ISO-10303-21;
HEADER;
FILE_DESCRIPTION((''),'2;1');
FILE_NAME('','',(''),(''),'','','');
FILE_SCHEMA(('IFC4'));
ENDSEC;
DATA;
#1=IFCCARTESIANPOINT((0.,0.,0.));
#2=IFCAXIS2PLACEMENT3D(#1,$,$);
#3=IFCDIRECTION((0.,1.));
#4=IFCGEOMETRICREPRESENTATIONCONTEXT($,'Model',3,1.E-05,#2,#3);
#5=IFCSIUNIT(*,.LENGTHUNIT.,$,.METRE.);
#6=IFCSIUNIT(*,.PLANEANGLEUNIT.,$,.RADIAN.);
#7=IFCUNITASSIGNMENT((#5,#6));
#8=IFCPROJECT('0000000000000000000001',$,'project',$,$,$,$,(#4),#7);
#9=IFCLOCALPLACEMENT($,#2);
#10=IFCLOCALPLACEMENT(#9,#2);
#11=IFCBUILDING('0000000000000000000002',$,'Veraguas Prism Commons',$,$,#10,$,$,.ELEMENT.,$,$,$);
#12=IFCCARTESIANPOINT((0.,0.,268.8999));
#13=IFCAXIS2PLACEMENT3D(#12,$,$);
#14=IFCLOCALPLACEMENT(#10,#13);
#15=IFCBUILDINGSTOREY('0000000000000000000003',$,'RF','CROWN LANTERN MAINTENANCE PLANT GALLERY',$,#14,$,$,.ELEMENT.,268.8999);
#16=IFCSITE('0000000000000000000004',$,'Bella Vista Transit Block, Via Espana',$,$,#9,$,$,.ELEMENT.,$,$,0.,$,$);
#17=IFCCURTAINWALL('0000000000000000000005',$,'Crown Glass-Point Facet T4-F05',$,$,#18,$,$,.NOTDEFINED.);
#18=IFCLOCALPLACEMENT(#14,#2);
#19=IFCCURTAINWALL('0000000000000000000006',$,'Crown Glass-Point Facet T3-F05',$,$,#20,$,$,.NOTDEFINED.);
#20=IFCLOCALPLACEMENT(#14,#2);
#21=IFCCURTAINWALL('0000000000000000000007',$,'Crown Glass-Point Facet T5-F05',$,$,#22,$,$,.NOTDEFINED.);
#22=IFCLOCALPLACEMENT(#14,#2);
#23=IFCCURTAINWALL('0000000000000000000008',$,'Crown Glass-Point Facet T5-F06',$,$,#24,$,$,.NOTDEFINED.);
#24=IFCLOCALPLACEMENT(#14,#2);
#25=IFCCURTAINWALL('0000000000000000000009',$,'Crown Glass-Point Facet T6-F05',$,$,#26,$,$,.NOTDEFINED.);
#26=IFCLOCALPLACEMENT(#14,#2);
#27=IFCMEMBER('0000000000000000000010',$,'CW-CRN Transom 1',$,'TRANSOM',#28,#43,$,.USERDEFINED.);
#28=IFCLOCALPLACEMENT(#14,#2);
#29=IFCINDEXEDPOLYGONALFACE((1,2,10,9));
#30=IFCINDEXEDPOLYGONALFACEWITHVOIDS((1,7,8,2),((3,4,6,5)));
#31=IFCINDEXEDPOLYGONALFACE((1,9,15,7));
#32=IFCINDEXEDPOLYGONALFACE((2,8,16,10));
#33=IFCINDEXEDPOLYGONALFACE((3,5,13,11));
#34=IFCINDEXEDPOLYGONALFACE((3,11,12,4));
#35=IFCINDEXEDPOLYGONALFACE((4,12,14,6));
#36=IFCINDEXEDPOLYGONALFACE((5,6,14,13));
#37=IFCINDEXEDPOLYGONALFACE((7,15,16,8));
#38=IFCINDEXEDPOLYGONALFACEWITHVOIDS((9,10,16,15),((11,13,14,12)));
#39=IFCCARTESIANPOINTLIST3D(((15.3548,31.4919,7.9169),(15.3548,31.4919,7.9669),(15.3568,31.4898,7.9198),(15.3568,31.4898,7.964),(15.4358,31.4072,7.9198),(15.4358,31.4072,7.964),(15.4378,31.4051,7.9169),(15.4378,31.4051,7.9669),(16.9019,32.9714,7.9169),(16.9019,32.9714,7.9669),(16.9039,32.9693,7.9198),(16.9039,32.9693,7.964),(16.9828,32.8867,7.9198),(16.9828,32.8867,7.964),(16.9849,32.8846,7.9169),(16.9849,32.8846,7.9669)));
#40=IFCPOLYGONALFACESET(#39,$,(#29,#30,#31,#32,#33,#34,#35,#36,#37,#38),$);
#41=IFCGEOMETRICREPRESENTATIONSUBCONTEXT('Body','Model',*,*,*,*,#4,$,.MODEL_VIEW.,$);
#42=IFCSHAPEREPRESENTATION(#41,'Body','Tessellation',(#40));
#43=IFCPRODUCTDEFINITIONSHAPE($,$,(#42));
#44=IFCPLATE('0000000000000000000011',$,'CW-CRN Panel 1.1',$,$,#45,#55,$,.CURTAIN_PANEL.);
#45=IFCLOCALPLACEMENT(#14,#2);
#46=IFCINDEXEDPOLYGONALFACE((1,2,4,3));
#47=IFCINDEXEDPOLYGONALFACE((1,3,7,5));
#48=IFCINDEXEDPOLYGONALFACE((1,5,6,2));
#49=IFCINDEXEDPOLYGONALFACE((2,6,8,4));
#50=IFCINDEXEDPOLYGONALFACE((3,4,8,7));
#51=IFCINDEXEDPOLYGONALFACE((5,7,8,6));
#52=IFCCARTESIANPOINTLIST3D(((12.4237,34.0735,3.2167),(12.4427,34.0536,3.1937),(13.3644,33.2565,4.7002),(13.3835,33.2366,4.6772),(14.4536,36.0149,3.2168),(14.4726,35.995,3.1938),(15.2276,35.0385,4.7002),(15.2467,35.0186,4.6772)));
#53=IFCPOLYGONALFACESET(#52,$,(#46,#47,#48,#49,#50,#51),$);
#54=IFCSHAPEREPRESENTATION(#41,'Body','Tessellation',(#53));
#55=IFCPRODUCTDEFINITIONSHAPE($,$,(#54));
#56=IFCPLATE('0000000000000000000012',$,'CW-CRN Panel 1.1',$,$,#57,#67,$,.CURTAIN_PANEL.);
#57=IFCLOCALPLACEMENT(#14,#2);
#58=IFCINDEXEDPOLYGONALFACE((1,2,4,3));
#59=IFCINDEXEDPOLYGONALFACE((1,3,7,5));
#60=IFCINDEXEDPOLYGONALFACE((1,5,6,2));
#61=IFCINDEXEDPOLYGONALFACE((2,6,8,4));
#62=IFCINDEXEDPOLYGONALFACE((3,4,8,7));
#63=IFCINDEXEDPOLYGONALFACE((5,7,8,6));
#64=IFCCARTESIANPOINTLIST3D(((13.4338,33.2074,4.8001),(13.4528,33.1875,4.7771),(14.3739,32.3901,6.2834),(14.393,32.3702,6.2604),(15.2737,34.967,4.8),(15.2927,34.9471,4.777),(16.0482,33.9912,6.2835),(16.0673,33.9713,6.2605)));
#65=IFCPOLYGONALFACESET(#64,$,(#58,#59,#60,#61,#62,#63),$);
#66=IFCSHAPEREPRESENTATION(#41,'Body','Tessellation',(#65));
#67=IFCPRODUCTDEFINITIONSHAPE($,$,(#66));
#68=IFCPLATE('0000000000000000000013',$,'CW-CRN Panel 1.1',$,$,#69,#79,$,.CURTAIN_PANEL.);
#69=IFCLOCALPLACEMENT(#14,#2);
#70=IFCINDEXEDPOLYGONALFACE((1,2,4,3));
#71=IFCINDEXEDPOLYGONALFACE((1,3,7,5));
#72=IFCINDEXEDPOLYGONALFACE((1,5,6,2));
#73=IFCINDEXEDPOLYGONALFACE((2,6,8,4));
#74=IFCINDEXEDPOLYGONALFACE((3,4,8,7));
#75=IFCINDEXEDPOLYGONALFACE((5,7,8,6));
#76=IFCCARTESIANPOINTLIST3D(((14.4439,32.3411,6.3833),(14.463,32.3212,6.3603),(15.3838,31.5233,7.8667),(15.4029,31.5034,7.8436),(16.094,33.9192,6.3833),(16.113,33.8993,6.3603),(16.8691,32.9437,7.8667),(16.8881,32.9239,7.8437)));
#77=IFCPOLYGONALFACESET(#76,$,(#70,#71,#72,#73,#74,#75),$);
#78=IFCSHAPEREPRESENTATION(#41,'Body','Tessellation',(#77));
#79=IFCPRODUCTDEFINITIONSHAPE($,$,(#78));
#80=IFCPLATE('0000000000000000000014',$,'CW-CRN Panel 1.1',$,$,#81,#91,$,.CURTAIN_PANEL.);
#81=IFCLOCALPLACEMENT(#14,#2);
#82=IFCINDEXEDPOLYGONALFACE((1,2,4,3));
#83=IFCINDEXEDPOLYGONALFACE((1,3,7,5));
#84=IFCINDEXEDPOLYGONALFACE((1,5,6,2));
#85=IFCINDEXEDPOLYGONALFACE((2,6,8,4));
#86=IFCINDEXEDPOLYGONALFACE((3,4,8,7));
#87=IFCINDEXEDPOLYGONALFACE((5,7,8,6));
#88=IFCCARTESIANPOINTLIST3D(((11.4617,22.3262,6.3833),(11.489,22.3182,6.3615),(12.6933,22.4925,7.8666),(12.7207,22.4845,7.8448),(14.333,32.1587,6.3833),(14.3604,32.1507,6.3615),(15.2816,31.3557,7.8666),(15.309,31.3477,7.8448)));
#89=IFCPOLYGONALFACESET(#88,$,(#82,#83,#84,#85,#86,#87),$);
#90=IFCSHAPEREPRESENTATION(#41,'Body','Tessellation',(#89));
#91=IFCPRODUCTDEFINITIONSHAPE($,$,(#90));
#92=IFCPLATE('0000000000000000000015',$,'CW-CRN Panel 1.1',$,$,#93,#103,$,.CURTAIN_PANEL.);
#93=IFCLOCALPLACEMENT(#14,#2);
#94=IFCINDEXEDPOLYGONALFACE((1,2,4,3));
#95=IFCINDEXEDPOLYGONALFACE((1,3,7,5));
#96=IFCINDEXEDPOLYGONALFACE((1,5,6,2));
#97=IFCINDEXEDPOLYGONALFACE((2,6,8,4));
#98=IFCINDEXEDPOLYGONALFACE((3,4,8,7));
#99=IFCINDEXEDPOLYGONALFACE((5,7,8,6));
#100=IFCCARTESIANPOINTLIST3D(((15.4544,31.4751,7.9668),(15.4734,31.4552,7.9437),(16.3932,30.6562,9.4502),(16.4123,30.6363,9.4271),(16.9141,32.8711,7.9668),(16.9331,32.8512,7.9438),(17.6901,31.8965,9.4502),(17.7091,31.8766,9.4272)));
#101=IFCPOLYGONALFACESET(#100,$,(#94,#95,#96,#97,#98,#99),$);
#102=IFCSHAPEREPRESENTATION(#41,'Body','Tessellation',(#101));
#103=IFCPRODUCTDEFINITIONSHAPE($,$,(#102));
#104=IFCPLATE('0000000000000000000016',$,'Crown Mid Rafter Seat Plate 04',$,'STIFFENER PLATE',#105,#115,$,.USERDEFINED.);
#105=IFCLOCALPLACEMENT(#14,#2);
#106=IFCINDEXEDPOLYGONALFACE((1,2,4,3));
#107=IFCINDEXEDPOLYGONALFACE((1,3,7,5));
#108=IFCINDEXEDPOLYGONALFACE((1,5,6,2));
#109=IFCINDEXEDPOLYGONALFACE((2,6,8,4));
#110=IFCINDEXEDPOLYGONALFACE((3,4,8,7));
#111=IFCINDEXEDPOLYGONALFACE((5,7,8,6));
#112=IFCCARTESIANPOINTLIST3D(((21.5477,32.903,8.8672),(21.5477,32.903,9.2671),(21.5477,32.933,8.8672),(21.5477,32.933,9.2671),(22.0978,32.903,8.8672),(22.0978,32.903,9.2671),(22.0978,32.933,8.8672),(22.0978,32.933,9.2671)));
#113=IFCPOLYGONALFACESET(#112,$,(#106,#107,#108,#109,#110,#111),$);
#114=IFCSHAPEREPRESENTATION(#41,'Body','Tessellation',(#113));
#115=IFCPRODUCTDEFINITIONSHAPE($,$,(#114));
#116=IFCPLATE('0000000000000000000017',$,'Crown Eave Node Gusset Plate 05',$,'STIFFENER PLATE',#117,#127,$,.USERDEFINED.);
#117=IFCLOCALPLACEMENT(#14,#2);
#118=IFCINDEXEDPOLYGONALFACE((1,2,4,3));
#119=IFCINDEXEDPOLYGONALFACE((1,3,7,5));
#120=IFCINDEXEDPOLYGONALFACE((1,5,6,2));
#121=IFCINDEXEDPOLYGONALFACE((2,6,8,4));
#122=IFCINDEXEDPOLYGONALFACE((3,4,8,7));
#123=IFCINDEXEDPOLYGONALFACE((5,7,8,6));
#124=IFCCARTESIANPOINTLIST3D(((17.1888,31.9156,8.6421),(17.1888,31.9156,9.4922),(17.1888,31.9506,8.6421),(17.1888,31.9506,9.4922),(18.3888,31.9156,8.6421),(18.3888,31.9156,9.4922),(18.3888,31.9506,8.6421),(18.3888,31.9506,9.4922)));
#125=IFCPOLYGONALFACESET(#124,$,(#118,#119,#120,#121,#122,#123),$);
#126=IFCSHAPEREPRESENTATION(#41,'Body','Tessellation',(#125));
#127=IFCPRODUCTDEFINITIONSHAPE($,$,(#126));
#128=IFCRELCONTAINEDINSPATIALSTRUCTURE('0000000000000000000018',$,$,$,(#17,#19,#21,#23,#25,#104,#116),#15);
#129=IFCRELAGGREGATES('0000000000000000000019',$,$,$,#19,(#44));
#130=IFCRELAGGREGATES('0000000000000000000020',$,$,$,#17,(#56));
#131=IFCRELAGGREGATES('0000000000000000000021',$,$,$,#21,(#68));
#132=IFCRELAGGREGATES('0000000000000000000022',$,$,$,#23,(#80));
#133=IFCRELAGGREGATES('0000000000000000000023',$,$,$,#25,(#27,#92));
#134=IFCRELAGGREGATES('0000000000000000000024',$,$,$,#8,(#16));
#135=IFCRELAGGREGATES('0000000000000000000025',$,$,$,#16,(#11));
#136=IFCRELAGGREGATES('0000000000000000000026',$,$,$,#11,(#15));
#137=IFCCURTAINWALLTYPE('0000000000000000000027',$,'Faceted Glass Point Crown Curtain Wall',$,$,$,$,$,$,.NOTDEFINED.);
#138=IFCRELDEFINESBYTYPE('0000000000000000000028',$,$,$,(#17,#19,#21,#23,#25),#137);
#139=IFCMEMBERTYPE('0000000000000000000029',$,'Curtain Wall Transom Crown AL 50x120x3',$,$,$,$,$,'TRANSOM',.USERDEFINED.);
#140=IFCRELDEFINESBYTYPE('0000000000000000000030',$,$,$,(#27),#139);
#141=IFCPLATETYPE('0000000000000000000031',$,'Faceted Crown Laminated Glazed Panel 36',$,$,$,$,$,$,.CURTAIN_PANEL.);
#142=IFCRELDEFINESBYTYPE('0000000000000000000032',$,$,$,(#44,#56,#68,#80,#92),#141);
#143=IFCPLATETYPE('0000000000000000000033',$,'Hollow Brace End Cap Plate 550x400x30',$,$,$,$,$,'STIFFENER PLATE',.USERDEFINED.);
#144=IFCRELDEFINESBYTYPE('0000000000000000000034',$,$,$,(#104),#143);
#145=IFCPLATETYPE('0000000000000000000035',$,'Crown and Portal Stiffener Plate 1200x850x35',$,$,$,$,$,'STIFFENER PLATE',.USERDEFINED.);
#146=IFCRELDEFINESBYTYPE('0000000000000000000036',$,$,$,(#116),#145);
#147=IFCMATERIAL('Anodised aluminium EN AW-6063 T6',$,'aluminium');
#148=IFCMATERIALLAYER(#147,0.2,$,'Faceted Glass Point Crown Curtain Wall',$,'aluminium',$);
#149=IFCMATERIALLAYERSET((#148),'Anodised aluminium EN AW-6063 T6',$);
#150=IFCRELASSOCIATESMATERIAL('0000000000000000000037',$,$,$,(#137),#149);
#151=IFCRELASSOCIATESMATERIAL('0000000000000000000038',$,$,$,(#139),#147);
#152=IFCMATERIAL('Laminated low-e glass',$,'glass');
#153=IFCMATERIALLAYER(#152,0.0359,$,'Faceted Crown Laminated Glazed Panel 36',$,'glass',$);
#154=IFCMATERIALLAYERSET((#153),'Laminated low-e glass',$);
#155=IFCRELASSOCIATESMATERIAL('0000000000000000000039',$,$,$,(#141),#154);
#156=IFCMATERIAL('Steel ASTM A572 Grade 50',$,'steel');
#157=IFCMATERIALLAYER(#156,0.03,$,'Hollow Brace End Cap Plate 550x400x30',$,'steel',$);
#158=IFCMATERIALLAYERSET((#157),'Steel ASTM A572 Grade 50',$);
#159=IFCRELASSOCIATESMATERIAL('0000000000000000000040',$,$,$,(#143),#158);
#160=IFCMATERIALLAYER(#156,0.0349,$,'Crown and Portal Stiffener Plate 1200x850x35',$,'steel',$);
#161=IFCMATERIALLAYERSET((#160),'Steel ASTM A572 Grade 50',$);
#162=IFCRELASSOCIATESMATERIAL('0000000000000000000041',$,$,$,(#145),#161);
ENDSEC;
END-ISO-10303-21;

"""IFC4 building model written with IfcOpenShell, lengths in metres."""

from ifc_helpers import new_model, si_unit, direction, frame, origin, origin_2d, place, context, subcontext, project, spatial, polyline, rectangle, hollow_rectangle, outline, extrude, source, transform, mapped, material, layer, layer_set, material_profile, profile_set, type_object, element, aggregate, save


model = new_model("IFC4")

# Units and contexts
model_context = context("Model", 3, precision=1e-05, world=origin(), true_north=direction((0.0, 1.0)))
body_context = subcontext(model_context, "Body", "Model", "MODEL_VIEW")
ifc_project = project(units=[si_unit("LENGTHUNIT", "METRE"), si_unit("PLANEANGLEUNIT", "RADIAN")], contexts=[model_context])

# Site, building, storey
site_placement = place(None, origin())
site = spatial("IfcSite", under=ifc_project, at=site_placement, Name="Bella Vista Transit Block, Via Espana", CompositionType="ELEMENT", RefElevation=0.0)
building_placement = place(site_placement, origin())
building = spatial("IfcBuilding", under=site, at=building_placement, Name="Veraguas Prism Commons", CompositionType="ELEMENT")
storey_placement = place(building_placement, frame((0.0, 0.0, 268.8999)))
storey = spatial("IfcBuildingStorey", under=building, at=storey_placement, Name="RF", Description="CROWN LANTERN MAINTENANCE PLANT GALLERY", CompositionType="ELEMENT", Elevation=268.8999)

# Curtain walls
ifc_material_1 = material(Name="Anodised aluminium EN AW-6063 T6", Category="aluminium")
ifc_layer_1 = layer(ifc_material_1, 0.2, Name="Faceted Glass Point Crown Curtain Wall", Category="aluminium")
ifc_layer_set_1 = layer_set([ifc_layer_1], Name="Anodised aluminium EN AW-6063 T6")
curtain_wall_type = type_object("IfcCurtainWallType", Name="Faceted Glass Point Crown Curtain Wall", PredefinedType="NOTDEFINED", material=ifc_layer_set_1)
curtain_wall_1_placement = place(storey_placement, origin())
curtain_wall_1 = element("IfcCurtainWall", 1, at=curtain_wall_1_placement, inside=storey, type_object=curtain_wall_type, Name="Crown Glass-Point Facet T4-F05", PredefinedType="NOTDEFINED")
curtain_wall_2_placement = place(storey_placement, origin())
curtain_wall_2 = element("IfcCurtainWall", 2, at=curtain_wall_2_placement, inside=storey, type_object=curtain_wall_type, Name="Crown Glass-Point Facet T3-F05", PredefinedType="NOTDEFINED")

# Curtain wall
curtain_wall_3_placement = place(storey_placement, origin())
curtain_wall_3 = element("IfcCurtainWall", 3, at=curtain_wall_3_placement, inside=storey, type_object=curtain_wall_type, Name="Crown Glass-Point Facet T5-F05", PredefinedType="NOTDEFINED")

# Curtain walls
curtain_wall_4_placement = place(storey_placement, origin())
curtain_wall_4 = element("IfcCurtainWall", 4, at=curtain_wall_4_placement, inside=storey, type_object=curtain_wall_type, Name="Crown Glass-Point Facet T5-F06", PredefinedType="NOTDEFINED")
curtain_wall_5_placement = place(storey_placement, origin())
curtain_wall_5 = element("IfcCurtainWall", 5, at=curtain_wall_5_placement, inside=storey, type_object=curtain_wall_type, Name="Crown Glass-Point Facet T6-F05", PredefinedType="NOTDEFINED")
ifc_material_profile_1 = material_profile(ifc_material_1, hollow_rectangle(XDim=0.05, YDim=0.1201, WallThickness=0.0029, at=origin_2d()), Name="AL50X120X3")
ifc_profile_set_1 = profile_set([ifc_material_profile_1], Name="Anodised aluminium EN AW-6063 T6")
member_type_1 = type_object("IfcMemberType", Name="Curtain Wall Transom Crown AL 50x120x3", ElementType="TRANSOM", PredefinedType="USERDEFINED", material=ifc_profile_set_1)

# Member
shared_shape_1 = source(origin(), body_context, "Body", "SweptSolid", [
    extrude(hollow_rectangle(XDim=0.05, YDim=0.1201, WallThickness=0.0029, at=origin_2d()), origin(), (0.0, 0.0, 1.0), 2.1406),
])
member_1_placement = place(storey_placement, frame((16.9434, 32.928, 7.9419), z_axis=(-0.722726, -0.691135, 0.0), x_axis=(0.0, 0.0, 1.0)))
member_1 = element("IfcMember", 6, at=member_1_placement, type_object=member_type_1, Name="CW-CRN Transom 1", ObjectType="TRANSOM", PredefinedType="USERDEFINED", context=body_context, shape_type="MappedRepresentation", body=[
    mapped(shared_shape_1, transform((0.0, 0.0, 0.0), scale=1.0)),
])

# Plates
ifc_material_2 = material(Name="Laminated low-e glass", Category="glass")
ifc_layer_2 = layer(ifc_material_2, 0.0359, Name="Faceted Crown Laminated Glazed Panel 36", Category="glass")
ifc_layer_set_2 = layer_set([ifc_layer_2], Name="Laminated low-e glass")
plate_type_1 = type_object("IfcPlateType", Name="Faceted Crown Laminated Glazed Panel 36", PredefinedType="CURTAIN_PANEL", material=ifc_layer_set_2)
plate_1_placement = place(storey_placement, frame((14.4536, 36.0149, 3.2168), z_axis=(-0.530202, 0.554363, 0.641535), x_axis=(-0.722691, -0.691171, -0.000018)))
plate_1 = element("IfcPlate", 7, at=plate_1_placement, type_object=plate_type_1, Name="CW-CRN Panel 1.1", PredefinedType="CURTAIN_PANEL", context=body_context, shape_type="SweptSolid", body=[
    extrude(outline(polyline([(0.0, 0.0), (2.8088, 0.0), (2.6936, 1.9338), (0.1155, 1.9338), (0.0, 0.0)])), origin(), (0.0, 0.0, -1.0), 0.0359),
])
aggregate(curtain_wall_2, [plate_1])
plate_2_placement = place(storey_placement, frame((15.2737, 34.967, 4.8), z_axis=(-0.530204, 0.554392, 0.641508), x_axis=(-0.722681, -0.691182, 0.000027)))
plate_2 = element("IfcPlate", 8, at=plate_2_placement, type_object=plate_type_1, Name="CW-CRN Panel 1.1", PredefinedType="CURTAIN_PANEL", context=body_context, shape_type="SweptSolid", body=[
    extrude(outline(polyline([(0.0, 0.0), (2.5459, 0.0), (2.4314, 1.9336), (0.1147, 1.9338), (0.0, 0.0)])), origin(), (0.0, 0.0, -1.0), 0.0359),
])
aggregate(curtain_wall_1, [plate_2])
plate_3_placement = place(storey_placement, frame((16.094, 33.9192, 6.3833), z_axis=(-0.530181, 0.554353, 0.641561), x_axis=(-0.722693, -0.691169, -0.000011)))
plate_3 = element("IfcPlate", 9, at=plate_3_placement, type_object=plate_type_1, Name="CW-CRN Panel 1.1", PredefinedType="CURTAIN_PANEL", context=body_context, shape_type="SweptSolid", body=[
    extrude(outline(polyline([(0.0, 0.0), (2.2832, 0.0), (2.1692, 1.9338), (0.114, 1.9338), (0.0, 0.0)])), origin(), (0.0, 0.0, -1.0), 0.0359),
])
aggregate(curtain_wall_3, [plate_3])
plate_4_placement = place(storey_placement, frame((14.333, 32.1587, 6.3833), z_axis=(-0.762167, 0.222575, 0.607916), x_axis=(-0.280319, -0.959907, 0.000002)))
plate_4 = element("IfcPlate", 10, at=plate_4_placement, type_object=plate_type_1, Name="CW-CRN Panel 1.1", PredefinedType="CURTAIN_PANEL", context=body_context, shape_type="SweptSolid", body=[
    extrude(outline(polyline([(0.0, 0.0), (10.2432, 0.0), (9.7383, 1.8682), (0.5049, 1.8682), (0.0, 0.0)])), origin(), (0.0, 0.0, -1.0), 0.0359),
])
aggregate(curtain_wall_4, [plate_4])
plate_5_placement = place(storey_placement, frame((16.9141, 32.8711, 7.9668), z_axis=(-0.530188, 0.554345, 0.641562), x_axis=(-0.722689, -0.691173, -0.000019)))
plate_5 = element("IfcPlate", 11, at=plate_5_placement, type_object=plate_type_1, Name="CW-CRN Panel 1.1", PredefinedType="CURTAIN_PANEL", context=body_context, shape_type="SweptSolid", body=[
    extrude(outline(polyline([(0.0, 0.0), (2.0198, 0.0), (1.9072, 1.9338), (0.1128, 1.9338), (0.0, 0.0)])), origin(), (0.0, 0.0, -1.0), 0.0359),
])
aggregate(curtain_wall_5, [member_1, plate_5])

# Plates
ifc_material_3 = material(Name="Steel ASTM A572 Grade 50", Category="steel")
ifc_layer_3 = layer(ifc_material_3, 0.03, Name="Hollow Brace End Cap Plate 550x400x30", Category="steel")
ifc_layer_set_3 = layer_set([ifc_layer_3], Name="Steel ASTM A572 Grade 50")
plate_type_2 = type_object("IfcPlateType", Name="Hollow Brace End Cap Plate 550x400x30", ElementType="STIFFENER PLATE", PredefinedType="USERDEFINED", material=ifc_layer_set_3)
shared_shape_2 = source(origin(), body_context, "Body", "SweptSolid", [
    extrude(rectangle(XDim=0.55, YDim=0.03, at=origin_2d()), origin(), (0.0, 0.0, 1.0), 0.3999),
])
plate_6_placement = place(storey_placement, frame((21.8228, 32.918, 8.8672), z_axis=(0.0, 0.0, 1.0), x_axis=(1.0, 0.0, 0.0)))
element("IfcPlate", 12, at=plate_6_placement, inside=storey, type_object=plate_type_2, Name="Crown Mid Rafter Seat Plate 04", ObjectType="STIFFENER PLATE", PredefinedType="USERDEFINED", context=body_context, shape_type="MappedRepresentation", body=[
    mapped(shared_shape_2, transform((0.0, 0.0, 0.0), scale=1.0)),
])
ifc_layer_4 = layer(ifc_material_3, 0.0349, Name="Crown and Portal Stiffener Plate 1200x850x35", Category="steel")
ifc_layer_set_4 = layer_set([ifc_layer_4], Name="Steel ASTM A572 Grade 50")
plate_type_3 = type_object("IfcPlateType", Name="Crown and Portal Stiffener Plate 1200x850x35", ElementType="STIFFENER PLATE", PredefinedType="USERDEFINED", material=ifc_layer_set_4)
shared_shape_3 = source(origin(), body_context, "Body", "SweptSolid", [
    extrude(rectangle(XDim=1.2, YDim=0.0349, at=origin_2d()), origin(), (0.0, 0.0, 1.0), 0.8501),
])
plate_7_placement = place(storey_placement, frame((17.7888, 31.9331, 8.6421), z_axis=(0.0, 0.0, 1.0), x_axis=(1.0, 0.0, 0.0)))
element("IfcPlate", 13, at=plate_7_placement, inside=storey, type_object=plate_type_3, Name="Crown Eave Node Gusset Plate 05", ObjectType="STIFFENER PLATE", PredefinedType="USERDEFINED", context=body_context, shape_type="MappedRepresentation", body=[
    mapped(shared_shape_3, transform((0.0, 0.0, 0.0), scale=1.0)),
])

save(model, "model.ifc")
